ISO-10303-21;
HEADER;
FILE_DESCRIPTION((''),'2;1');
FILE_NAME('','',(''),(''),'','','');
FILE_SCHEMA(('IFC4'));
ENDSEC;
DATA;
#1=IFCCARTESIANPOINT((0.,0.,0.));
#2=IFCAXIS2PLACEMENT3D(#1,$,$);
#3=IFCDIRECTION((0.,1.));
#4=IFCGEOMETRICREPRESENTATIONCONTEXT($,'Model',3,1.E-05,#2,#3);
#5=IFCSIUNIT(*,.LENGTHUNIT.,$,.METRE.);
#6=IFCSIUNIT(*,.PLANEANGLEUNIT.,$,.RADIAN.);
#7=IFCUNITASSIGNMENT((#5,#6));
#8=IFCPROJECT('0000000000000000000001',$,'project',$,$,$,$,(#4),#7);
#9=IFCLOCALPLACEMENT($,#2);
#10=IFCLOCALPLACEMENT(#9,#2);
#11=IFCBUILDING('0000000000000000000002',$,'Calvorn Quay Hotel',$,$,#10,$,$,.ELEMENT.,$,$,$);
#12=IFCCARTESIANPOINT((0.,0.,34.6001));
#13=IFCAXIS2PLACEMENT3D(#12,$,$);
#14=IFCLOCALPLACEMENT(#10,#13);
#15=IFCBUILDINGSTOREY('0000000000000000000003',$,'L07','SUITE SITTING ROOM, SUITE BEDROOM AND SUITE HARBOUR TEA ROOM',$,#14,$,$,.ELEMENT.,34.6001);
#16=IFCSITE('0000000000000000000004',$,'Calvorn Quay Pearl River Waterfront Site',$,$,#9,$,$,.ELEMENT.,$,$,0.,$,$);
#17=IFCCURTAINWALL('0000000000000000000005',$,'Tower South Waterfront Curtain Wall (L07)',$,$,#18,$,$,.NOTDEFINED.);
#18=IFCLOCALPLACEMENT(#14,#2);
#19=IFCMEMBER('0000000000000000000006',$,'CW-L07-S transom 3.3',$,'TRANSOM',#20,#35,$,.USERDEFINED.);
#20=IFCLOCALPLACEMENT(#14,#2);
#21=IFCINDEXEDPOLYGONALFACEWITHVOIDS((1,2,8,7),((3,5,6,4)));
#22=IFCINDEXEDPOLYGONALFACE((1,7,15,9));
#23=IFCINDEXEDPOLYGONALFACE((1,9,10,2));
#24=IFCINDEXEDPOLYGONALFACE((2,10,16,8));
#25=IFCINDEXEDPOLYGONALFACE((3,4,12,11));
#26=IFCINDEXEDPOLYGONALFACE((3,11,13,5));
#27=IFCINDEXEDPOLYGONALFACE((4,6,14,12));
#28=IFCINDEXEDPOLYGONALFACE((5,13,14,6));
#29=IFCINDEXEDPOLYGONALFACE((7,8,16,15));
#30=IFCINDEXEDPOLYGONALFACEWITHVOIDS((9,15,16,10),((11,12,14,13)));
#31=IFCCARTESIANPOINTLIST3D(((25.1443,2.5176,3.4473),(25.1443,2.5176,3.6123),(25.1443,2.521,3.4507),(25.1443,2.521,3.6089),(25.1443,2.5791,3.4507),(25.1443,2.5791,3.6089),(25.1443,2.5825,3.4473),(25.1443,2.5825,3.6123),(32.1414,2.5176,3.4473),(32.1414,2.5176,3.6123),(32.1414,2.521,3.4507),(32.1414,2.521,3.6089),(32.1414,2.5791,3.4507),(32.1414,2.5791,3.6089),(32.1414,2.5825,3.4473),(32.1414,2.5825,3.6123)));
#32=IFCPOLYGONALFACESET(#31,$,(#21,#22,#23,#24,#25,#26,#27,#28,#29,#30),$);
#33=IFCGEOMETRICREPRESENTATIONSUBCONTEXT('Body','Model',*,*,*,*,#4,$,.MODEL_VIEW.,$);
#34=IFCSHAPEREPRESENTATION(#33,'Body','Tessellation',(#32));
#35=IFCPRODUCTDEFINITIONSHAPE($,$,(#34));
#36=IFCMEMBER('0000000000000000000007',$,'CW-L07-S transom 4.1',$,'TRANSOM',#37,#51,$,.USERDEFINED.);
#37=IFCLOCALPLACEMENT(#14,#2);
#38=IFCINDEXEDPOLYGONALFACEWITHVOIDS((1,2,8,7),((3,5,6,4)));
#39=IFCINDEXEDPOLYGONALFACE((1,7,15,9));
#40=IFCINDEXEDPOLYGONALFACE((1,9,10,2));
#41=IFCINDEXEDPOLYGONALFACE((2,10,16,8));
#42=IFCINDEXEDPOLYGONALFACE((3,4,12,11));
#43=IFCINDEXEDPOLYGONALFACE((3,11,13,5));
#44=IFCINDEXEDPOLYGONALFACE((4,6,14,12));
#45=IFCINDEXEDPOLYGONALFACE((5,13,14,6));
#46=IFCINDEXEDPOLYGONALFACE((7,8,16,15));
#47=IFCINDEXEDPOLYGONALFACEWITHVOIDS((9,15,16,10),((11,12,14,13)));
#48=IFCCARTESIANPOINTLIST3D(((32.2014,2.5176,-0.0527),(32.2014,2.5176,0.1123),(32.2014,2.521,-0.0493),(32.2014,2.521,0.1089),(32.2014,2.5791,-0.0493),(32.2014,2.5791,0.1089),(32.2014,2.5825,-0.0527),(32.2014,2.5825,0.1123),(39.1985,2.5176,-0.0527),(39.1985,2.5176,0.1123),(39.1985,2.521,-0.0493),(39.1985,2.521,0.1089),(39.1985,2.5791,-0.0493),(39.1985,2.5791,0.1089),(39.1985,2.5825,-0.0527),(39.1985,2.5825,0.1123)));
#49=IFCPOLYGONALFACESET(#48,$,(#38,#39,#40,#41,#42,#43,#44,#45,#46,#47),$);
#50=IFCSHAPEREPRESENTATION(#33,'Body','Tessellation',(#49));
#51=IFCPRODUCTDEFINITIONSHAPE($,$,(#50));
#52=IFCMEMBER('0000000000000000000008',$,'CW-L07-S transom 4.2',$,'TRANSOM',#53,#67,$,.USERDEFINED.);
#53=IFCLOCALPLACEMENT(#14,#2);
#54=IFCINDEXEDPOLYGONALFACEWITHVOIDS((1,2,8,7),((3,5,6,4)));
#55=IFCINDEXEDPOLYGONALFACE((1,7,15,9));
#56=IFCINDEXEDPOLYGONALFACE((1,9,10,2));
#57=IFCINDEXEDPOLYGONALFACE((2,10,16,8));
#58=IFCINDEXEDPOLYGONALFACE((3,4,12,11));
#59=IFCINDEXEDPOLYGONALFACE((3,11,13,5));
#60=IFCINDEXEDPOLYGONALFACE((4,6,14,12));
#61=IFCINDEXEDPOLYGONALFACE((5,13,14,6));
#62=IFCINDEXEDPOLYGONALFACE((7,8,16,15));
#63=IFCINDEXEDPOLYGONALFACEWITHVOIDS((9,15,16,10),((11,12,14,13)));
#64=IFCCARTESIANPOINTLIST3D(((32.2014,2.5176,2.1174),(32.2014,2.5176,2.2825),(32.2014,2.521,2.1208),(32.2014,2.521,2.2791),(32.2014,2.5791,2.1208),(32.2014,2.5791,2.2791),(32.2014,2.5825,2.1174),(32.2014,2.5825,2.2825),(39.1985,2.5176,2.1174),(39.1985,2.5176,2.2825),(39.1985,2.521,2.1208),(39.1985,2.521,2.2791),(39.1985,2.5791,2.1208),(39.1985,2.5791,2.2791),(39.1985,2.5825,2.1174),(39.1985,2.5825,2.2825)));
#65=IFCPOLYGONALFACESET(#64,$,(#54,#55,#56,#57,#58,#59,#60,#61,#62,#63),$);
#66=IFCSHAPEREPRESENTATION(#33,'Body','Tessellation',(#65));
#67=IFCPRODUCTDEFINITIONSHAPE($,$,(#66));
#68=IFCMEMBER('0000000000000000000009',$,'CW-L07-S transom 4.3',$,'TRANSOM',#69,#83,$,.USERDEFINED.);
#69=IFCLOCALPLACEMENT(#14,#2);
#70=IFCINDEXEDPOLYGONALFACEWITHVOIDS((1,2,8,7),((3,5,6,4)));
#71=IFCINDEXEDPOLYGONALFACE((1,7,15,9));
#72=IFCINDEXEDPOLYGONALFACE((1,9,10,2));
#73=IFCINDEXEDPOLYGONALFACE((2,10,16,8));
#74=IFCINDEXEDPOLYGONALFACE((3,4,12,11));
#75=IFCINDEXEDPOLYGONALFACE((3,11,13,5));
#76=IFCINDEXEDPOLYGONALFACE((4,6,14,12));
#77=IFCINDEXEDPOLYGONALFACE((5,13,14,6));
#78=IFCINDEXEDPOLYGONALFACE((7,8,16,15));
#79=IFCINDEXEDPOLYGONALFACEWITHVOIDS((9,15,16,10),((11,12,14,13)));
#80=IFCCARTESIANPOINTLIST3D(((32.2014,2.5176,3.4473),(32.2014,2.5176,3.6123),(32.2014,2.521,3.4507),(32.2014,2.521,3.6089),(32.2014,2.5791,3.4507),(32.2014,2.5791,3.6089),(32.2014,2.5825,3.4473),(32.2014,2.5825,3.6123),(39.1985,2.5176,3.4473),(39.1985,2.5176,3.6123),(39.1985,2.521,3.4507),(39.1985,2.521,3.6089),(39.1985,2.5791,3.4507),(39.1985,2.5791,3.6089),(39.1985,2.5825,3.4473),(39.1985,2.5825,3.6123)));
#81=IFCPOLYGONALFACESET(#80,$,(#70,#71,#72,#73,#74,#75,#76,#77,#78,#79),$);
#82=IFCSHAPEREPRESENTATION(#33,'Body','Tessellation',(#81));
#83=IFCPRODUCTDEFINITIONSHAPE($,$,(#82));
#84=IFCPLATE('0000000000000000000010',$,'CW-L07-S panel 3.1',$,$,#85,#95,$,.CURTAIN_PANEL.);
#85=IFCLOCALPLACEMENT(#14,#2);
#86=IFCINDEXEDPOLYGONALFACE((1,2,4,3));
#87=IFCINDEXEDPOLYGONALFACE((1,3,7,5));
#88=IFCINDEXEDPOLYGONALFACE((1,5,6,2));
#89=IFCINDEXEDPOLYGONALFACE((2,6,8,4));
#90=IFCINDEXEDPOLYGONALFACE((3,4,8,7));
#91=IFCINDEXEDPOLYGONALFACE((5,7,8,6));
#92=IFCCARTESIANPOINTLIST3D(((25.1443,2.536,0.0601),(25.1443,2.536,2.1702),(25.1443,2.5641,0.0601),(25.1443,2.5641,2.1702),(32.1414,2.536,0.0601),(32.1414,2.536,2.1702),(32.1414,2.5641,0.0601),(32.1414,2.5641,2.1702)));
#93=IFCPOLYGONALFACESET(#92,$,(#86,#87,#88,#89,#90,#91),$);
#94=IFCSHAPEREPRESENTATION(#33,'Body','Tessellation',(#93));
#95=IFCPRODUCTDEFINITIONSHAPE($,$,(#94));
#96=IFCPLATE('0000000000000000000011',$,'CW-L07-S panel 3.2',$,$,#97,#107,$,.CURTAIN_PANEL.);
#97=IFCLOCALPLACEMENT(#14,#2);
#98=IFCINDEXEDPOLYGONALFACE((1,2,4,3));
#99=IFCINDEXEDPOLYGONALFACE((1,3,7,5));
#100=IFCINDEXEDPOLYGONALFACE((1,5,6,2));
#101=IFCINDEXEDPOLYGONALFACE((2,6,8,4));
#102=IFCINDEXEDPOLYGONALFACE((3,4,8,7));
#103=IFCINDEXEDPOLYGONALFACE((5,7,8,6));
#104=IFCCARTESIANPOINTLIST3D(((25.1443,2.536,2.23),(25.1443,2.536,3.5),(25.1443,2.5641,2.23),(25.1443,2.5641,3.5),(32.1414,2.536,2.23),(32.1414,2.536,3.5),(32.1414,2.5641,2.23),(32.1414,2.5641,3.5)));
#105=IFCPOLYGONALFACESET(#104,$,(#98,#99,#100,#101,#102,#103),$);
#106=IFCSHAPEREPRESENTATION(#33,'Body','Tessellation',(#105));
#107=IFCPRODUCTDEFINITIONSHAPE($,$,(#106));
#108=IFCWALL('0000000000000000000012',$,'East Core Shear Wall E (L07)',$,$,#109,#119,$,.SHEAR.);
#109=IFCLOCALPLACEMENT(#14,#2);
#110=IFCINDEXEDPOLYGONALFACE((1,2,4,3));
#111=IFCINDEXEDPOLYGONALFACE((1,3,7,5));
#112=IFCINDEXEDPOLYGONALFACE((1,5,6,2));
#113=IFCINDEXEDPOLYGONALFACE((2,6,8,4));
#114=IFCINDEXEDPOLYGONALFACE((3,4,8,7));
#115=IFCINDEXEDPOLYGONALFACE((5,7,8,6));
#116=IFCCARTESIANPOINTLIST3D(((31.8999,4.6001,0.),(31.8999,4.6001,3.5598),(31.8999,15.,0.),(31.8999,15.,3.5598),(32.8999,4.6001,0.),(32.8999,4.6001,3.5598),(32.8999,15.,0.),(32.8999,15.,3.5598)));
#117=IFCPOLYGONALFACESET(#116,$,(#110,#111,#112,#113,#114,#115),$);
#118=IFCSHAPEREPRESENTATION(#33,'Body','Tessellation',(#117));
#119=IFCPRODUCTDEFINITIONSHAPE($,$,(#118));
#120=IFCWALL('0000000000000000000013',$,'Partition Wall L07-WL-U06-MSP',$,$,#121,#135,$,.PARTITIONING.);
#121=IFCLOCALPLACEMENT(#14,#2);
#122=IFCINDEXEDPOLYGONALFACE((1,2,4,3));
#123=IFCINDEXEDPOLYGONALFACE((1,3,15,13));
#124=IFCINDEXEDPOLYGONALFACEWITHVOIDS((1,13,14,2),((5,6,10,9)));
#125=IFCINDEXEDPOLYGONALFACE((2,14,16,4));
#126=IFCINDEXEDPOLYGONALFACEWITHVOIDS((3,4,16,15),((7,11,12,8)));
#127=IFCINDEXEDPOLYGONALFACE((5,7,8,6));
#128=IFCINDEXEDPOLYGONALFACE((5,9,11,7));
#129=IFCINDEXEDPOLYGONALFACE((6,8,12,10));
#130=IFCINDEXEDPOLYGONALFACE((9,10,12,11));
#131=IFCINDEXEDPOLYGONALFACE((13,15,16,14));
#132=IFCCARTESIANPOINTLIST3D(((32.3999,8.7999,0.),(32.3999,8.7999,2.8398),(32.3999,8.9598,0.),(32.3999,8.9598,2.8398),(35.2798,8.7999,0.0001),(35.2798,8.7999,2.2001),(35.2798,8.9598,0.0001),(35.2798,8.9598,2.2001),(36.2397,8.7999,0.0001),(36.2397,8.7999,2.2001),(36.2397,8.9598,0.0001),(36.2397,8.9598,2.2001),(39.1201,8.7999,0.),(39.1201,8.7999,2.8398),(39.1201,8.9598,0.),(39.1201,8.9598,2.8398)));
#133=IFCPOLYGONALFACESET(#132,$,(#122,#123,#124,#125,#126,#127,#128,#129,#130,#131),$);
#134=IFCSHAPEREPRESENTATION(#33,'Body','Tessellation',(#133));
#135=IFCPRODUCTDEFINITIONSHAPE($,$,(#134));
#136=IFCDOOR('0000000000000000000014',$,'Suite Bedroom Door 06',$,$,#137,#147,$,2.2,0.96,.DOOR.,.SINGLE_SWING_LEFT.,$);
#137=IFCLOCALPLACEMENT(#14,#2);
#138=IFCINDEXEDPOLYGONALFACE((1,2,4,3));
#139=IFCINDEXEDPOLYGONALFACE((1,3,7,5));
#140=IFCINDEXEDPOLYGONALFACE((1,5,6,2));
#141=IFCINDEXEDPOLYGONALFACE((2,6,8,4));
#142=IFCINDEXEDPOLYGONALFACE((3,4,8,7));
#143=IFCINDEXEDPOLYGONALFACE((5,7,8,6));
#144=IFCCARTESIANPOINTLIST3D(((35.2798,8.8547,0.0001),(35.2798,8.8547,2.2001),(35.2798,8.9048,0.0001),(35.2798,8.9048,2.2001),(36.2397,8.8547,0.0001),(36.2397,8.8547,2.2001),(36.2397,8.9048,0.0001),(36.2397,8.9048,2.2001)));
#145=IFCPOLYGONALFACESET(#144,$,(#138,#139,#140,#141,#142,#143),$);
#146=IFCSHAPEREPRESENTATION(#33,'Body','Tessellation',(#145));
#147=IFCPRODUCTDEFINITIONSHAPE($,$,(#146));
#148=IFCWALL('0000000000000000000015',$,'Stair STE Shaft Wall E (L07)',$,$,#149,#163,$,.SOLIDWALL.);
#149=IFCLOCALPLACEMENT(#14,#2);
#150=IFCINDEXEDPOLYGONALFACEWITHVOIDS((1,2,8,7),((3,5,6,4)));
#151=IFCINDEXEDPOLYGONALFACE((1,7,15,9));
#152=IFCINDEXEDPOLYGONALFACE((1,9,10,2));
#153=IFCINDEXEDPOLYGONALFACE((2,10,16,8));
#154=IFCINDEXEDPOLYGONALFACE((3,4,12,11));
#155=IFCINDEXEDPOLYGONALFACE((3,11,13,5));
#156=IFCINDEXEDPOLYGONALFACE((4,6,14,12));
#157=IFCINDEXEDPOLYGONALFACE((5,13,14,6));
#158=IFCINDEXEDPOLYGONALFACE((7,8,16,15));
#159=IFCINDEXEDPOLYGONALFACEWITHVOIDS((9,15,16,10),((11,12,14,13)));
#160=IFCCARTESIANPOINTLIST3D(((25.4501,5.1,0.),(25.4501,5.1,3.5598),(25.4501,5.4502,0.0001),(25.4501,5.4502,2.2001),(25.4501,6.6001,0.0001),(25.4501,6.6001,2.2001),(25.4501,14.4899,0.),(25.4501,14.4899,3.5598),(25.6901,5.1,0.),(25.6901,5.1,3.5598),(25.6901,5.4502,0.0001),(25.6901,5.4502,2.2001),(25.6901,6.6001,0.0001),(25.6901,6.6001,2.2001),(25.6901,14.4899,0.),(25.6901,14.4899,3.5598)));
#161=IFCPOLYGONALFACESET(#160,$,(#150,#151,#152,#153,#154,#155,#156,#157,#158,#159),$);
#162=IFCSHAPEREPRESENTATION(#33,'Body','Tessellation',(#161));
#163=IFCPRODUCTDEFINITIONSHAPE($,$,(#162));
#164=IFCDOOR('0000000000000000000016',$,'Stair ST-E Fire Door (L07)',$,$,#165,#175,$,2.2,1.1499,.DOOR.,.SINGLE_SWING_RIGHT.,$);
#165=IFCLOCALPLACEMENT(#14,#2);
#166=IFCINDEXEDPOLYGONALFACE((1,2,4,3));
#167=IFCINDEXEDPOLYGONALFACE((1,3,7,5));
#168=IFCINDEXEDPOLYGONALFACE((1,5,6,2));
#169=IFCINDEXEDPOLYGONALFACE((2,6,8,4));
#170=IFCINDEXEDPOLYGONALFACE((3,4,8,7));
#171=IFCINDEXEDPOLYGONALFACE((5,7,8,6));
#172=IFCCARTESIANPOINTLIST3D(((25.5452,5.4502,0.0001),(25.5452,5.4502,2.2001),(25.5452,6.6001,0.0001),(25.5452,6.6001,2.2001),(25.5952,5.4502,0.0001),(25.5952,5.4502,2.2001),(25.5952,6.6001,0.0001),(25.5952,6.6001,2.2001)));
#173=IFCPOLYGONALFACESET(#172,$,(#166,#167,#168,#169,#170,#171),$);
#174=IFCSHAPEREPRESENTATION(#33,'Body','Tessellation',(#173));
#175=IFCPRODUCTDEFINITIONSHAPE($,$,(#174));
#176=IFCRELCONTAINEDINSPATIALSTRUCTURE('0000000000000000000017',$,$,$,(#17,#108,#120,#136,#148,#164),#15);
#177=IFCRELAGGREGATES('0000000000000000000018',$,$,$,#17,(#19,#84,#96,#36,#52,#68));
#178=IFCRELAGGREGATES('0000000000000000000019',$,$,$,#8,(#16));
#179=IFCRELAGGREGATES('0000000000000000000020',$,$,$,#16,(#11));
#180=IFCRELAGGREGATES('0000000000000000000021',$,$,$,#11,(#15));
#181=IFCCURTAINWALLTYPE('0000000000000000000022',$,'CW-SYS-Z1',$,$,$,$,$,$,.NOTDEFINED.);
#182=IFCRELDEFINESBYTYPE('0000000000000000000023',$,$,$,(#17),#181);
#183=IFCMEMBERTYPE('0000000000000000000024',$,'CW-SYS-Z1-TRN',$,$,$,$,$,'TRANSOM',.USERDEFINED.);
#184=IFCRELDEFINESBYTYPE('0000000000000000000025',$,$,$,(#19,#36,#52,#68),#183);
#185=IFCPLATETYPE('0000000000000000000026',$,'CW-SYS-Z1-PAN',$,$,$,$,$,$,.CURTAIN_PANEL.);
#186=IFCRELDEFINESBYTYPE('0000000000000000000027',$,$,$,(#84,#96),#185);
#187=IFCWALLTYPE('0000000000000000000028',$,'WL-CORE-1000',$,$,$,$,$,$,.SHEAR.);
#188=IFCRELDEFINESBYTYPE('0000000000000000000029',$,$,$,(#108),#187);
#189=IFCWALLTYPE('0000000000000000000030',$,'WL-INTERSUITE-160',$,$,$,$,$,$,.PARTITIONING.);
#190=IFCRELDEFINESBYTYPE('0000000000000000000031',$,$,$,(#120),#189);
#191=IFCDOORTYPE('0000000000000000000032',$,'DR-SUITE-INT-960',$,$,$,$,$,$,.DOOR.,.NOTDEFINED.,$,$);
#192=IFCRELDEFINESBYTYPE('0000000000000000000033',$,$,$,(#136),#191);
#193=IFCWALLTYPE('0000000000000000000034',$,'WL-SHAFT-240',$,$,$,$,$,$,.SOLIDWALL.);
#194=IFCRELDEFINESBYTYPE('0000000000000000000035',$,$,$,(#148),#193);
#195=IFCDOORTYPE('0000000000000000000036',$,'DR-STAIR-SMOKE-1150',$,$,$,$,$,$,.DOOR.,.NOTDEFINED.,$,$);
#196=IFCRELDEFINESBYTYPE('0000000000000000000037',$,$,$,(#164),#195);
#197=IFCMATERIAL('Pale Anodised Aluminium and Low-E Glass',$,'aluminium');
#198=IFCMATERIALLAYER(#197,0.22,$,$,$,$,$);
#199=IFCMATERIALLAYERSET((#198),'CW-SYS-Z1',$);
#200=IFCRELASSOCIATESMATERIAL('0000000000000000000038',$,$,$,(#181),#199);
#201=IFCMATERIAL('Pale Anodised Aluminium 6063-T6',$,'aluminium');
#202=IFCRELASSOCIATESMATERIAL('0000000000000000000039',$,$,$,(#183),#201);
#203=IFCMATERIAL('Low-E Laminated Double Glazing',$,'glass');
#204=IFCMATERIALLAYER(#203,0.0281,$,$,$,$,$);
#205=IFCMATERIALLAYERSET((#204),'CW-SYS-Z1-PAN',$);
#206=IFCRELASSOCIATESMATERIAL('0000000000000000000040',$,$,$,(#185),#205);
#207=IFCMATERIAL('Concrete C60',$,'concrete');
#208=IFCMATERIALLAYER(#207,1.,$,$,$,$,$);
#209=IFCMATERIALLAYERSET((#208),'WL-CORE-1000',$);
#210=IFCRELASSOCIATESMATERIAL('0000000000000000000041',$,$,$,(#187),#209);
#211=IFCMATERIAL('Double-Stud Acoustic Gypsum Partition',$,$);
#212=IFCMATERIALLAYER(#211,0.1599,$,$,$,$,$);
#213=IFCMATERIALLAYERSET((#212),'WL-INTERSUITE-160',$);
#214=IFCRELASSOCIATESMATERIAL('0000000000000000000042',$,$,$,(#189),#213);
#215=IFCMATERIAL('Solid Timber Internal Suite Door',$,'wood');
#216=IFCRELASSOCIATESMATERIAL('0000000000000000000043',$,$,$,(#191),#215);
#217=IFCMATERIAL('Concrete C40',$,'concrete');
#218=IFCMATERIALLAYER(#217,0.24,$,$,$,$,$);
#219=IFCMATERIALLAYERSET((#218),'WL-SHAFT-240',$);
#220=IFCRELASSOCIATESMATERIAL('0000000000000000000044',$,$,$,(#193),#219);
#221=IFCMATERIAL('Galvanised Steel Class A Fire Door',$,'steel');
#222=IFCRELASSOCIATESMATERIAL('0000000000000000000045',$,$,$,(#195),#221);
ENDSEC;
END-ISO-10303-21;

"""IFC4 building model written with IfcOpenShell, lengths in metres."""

from ifc_helpers import new_model, si_unit, direction, frame, frame_2d, origin, origin_2d, place, context, subcontext, project, spatial, rectangle, hollow_rectangle, extrude, material, layer, layer_set, material_profile, profile_set, type_object, element, fill, aggregate, save


model = new_model("IFC4")

# Units and contexts
model_context = context("Model", 3, precision=1e-05, world=origin(), true_north=direction((0.0, 1.0)))
body_context = subcontext(model_context, "Body", "Model", "MODEL_VIEW")
ifc_project = project(units=[si_unit("LENGTHUNIT", "METRE"), si_unit("PLANEANGLEUNIT", "RADIAN")], contexts=[model_context])

# Site, building, storey
site_placement = place(None, origin())
site = spatial("IfcSite", under=ifc_project, at=site_placement, Name="Calvorn Quay Pearl River Waterfront Site", CompositionType="ELEMENT", RefElevation=0.0)
building_placement = place(site_placement, origin())
building = spatial("IfcBuilding", under=site, at=building_placement, Name="Calvorn Quay Hotel", CompositionType="ELEMENT")
storey_placement = place(building_placement, frame((0.0, 0.0, 34.6001)))
storey = spatial("IfcBuildingStorey", under=building, at=storey_placement, Name="L07", Description="SUITE SITTING ROOM, SUITE BEDROOM AND SUITE HARBOUR TEA ROOM", CompositionType="ELEMENT", Elevation=34.6001)

# Curtain wall, members, plates
ifc_material_1 = material(Name="Pale Anodised Aluminium and Low-E Glass", Category="aluminium")
ifc_layer_1 = layer(ifc_material_1, 0.22)
ifc_layer_set_1 = layer_set([ifc_layer_1], Name="CW-SYS-Z1")
curtain_wall_type = type_object("IfcCurtainWallType", Name="CW-SYS-Z1", PredefinedType="NOTDEFINED", material=ifc_layer_set_1)
curtain_wall_placement = place(storey_placement, origin())
curtain_wall = element("IfcCurtainWall", 1, at=curtain_wall_placement, inside=storey, type_object=curtain_wall_type, Name="Tower South Waterfront Curtain Wall (L07)", PredefinedType="NOTDEFINED")
ifc_material_2 = material(Name="Pale Anodised Aluminium 6063-T6", Category="aluminium")
ifc_material_profile_1 = material_profile(ifc_material_2, hollow_rectangle(XDim=0.0649, YDim=0.165, WallThickness=0.0034, at=origin_2d()), Name="ALU-T165x65x3.5")
ifc_profile_set_1 = profile_set([ifc_material_profile_1], Name="Pale Anodised Aluminium 6063-T6")
member_type_1 = type_object("IfcMemberType", Name="CW-SYS-Z1-TRN", ElementType="TRANSOM", PredefinedType="USERDEFINED", material=ifc_profile_set_1)
member_1_placement = place(storey_placement, frame((25.1443, 2.55, 3.5298), z_axis=(1.0, 0.0, 0.0), x_axis=(0.0, 1.0, 0.0)))
member_1 = element("IfcMember", 2, at=member_1_placement, type_object=member_type_1, Name="CW-L07-S transom 3.3", ObjectType="TRANSOM", PredefinedType="USERDEFINED", context=body_context, shape_type="SweptSolid", body=[
    extrude(hollow_rectangle(XDim=0.0649, YDim=0.165, WallThickness=0.0034, at=origin_2d()), origin(), (0.0, 0.0, 1.0), 6.9971),
])
member_2_placement = place(storey_placement, frame((32.2014, 2.55, 0.0298), z_axis=(1.0, 0.0, 0.0), x_axis=(0.0, 1.0, 0.0)))
member_2 = element("IfcMember", 3, at=member_2_placement, type_object=member_type_1, Name="CW-L07-S transom 4.1", ObjectType="TRANSOM", PredefinedType="USERDEFINED", context=body_context, shape_type="SweptSolid", body=[
    extrude(hollow_rectangle(XDim=0.0649, YDim=0.165, WallThickness=0.0034, at=origin_2d()), origin(), (0.0, 0.0, 1.0), 6.9971),
])
member_3_placement = place(storey_placement, frame((32.2014, 2.55, 2.2), z_axis=(1.0, 0.0, 0.0), x_axis=(0.0, 1.0, 0.0)))
member_3 = element("IfcMember", 4, at=member_3_placement, type_object=member_type_1, Name="CW-L07-S transom 4.2", ObjectType="TRANSOM", PredefinedType="USERDEFINED", context=body_context, shape_type="SweptSolid", body=[
    extrude(hollow_rectangle(XDim=0.0649, YDim=0.165, WallThickness=0.0034, at=origin_2d()), origin(), (0.0, 0.0, 1.0), 6.9971),
])
member_4_placement = place(storey_placement, frame((32.2014, 2.55, 3.5298), z_axis=(1.0, 0.0, 0.0), x_axis=(0.0, 1.0, 0.0)))
member_4 = element("IfcMember", 5, at=member_4_placement, type_object=member_type_1, Name="CW-L07-S transom 4.3", ObjectType="TRANSOM", PredefinedType="USERDEFINED", context=body_context, shape_type="SweptSolid", body=[
    extrude(hollow_rectangle(XDim=0.0649, YDim=0.165, WallThickness=0.0034, at=origin_2d()), origin(), (0.0, 0.0, 1.0), 6.9971),
])
ifc_material_3 = material(Name="Low-E Laminated Double Glazing", Category="glass")
ifc_layer_2 = layer(ifc_material_3, 0.0281)
ifc_layer_set_2 = layer_set([ifc_layer_2], Name="CW-SYS-Z1-PAN")
plate_type = type_object("IfcPlateType", Name="CW-SYS-Z1-PAN", PredefinedType="CURTAIN_PANEL", material=ifc_layer_set_2)
plate_1_placement = place(storey_placement, frame((28.6428, 2.55, 0.0601), z_axis=(0.0, 0.0, 1.0), x_axis=(1.0, 0.0, 0.0)))
plate_1 = element("IfcPlate", 6, at=plate_1_placement, type_object=plate_type, Name="CW-L07-S panel 3.1", PredefinedType="CURTAIN_PANEL", context=body_context, shape_type="SweptSolid", body=[
    extrude(rectangle(XDim=6.9971, YDim=0.0281, at=origin_2d()), origin(), (0.0, 0.0, 1.0), 2.1101),
])
plate_2_placement = place(storey_placement, frame((28.6428, 2.55, 2.23), z_axis=(0.0, 0.0, 1.0), x_axis=(1.0, 0.0, 0.0)))
plate_2 = element("IfcPlate", 7, at=plate_2_placement, type_object=plate_type, Name="CW-L07-S panel 3.2", PredefinedType="CURTAIN_PANEL", context=body_context, shape_type="SweptSolid", body=[
    extrude(rectangle(XDim=6.9971, YDim=0.0281, at=origin_2d()), origin(), (0.0, 0.0, 1.0), 1.27),
])
aggregate(curtain_wall, [member_1, plate_1, plate_2, member_2, member_3, member_4])

# Wall
ifc_material_4 = material(Name="Concrete C60", Category="concrete")
ifc_layer_3 = layer(ifc_material_4, 1.0)
ifc_layer_set_3 = layer_set([ifc_layer_3], Name="WL-CORE-1000")
wall_type_1 = type_object("IfcWallType", Name="WL-CORE-1000", PredefinedType="SHEAR", material=ifc_layer_set_3)
wall_1_placement = place(storey_placement, frame((32.3999, 4.6001, 0.0), z_axis=(0.0, 0.0, 1.0), x_axis=(0.0, 1.0, 0.0)))
element("IfcWall", 8, at=wall_1_placement, inside=storey, type_object=wall_type_1, Name="East Core Shear Wall E (L07)", PredefinedType="SHEAR", context=body_context, shape_type="SweptSolid", body=[
    extrude(rectangle(XDim=10.3999, YDim=1.0, at=frame_2d((5.2, 0.0))), origin(), (0.0, 0.0, 1.0), 3.5598),
])

# Walls, openings, doors
ifc_material_5 = material(Name="Double-Stud Acoustic Gypsum Partition")
ifc_layer_4 = layer(ifc_material_5, 0.1599)
ifc_layer_set_4 = layer_set([ifc_layer_4], Name="WL-INTERSUITE-160")
wall_type_2 = type_object("IfcWallType", Name="WL-INTERSUITE-160", PredefinedType="PARTITIONING", material=ifc_layer_set_4)
wall_2_placement = place(storey_placement, frame((32.3999, 8.8799, 0.0), z_axis=(0.0, 0.0, 1.0), x_axis=(1.0, 0.0, 0.0)))
wall_2 = element("IfcWall", 9, at=wall_2_placement, inside=storey, type_object=wall_type_2, Name="Partition Wall L07-WL-U06-MSP", PredefinedType="PARTITIONING", context=body_context, shape_type="SweptSolid", body=[
    extrude(rectangle(XDim=6.7202, YDim=0.1599, at=frame_2d((3.3601, 0.0))), origin(), (0.0, 0.0, 1.0), 2.8398),
])
opening_1_placement = place(wall_2_placement, frame((2.8799, 0.0, 0.0)))
opening_1 = element("IfcOpeningElement", 10, at=opening_1_placement, cuts=wall_2, PredefinedType="OPENING", context=body_context, shape_type="SweptSolid", body=[
    extrude(rectangle(XDim=0.96, YDim=2.2, at=frame_2d((0.48, 1.1001))), frame((0.0, 0.0898, 0.0), z_axis=(0.0, -1.0, 0.0), x_axis=(1.0, 0.0, 0.0)), (0.0, 0.0, 1.0), 0.1799),
])
ifc_material_6 = material(Name="Solid Timber Internal Suite Door", Category="wood")
door_type_1 = type_object("IfcDoorType", Name="DR-SUITE-INT-960", OperationType="NOTDEFINED", PredefinedType="DOOR", material=ifc_material_6)
door_1_placement = place(opening_1_placement, origin())
door_1 = element("IfcDoor", 11, at=door_1_placement, inside=storey, type_object=door_type_1, Name="Suite Bedroom Door 06", OperationType="SINGLE_SWING_LEFT", OverallHeight=2.2, OverallWidth=0.96, PredefinedType="DOOR", context=body_context, shape_type="SweptSolid", body=[
    extrude(rectangle(XDim=0.96, YDim=2.2, at=frame_2d((0.48, 1.1001))), frame((0.0, 0.0249, 0.0), z_axis=(0.0, -1.0, 0.0), x_axis=(1.0, 0.0, 0.0)), (0.0, 0.0, 1.0), 0.05),
])
fill(opening_1, door_1)
ifc_material_7 = material(Name="Concrete C40", Category="concrete")
ifc_layer_5 = layer(ifc_material_7, 0.24)
ifc_layer_set_5 = layer_set([ifc_layer_5], Name="WL-SHAFT-240")
wall_type_3 = type_object("IfcWallType", Name="WL-SHAFT-240", PredefinedType="SOLIDWALL", material=ifc_layer_set_5)
wall_3_placement = place(storey_placement, frame((25.5701, 5.1001, 0.0), z_axis=(0.0, 0.0, 1.0), x_axis=(0.0, 1.0, 0.0)))
wall_3 = element("IfcWall", 12, at=wall_3_placement, inside=storey, type_object=wall_type_3, Name="Stair STE Shaft Wall E (L07)", PredefinedType="SOLIDWALL", context=body_context, shape_type="SweptSolid", body=[
    extrude(rectangle(XDim=9.3899, YDim=0.24, at=frame_2d((4.6948, 0.0))), origin(), (0.0, 0.0, 1.0), 3.5598),
])
opening_2_placement = place(wall_3_placement, frame((0.3501, 0.0, 0.0)))
opening_2 = element("IfcOpeningElement", 13, at=opening_2_placement, cuts=wall_3, PredefinedType="OPENING", context=body_context, shape_type="SweptSolid", body=[
    extrude(rectangle(XDim=1.1499, YDim=2.2, at=frame_2d((0.575, 1.1001))), frame((0.0, 0.1299, 0.0), z_axis=(0.0, -1.0, 0.0), x_axis=(1.0, 0.0, 0.0)), (0.0, 0.0, 1.0), 0.26),
])
ifc_material_8 = material(Name="Galvanised Steel Class A Fire Door", Category="steel")
door_type_2 = type_object("IfcDoorType", Name="DR-STAIR-SMOKE-1150", OperationType="NOTDEFINED", PredefinedType="DOOR", material=ifc_material_8)
door_2_placement = place(opening_2_placement, origin())
door_2 = element("IfcDoor", 14, at=door_2_placement, inside=storey, type_object=door_type_2, Name="Stair ST-E Fire Door (L07)", OperationType="SINGLE_SWING_RIGHT", OverallHeight=2.2, OverallWidth=1.1499, PredefinedType="DOOR", context=body_context, shape_type="SweptSolid", body=[
    extrude(rectangle(XDim=1.1499, YDim=2.2, at=frame_2d((0.575, 1.1001))), frame((0.0, 0.0249, 0.0), z_axis=(0.0, -1.0, 0.0), x_axis=(1.0, 0.0, 0.0)), (0.0, 0.0, 1.0), 0.05),
])
fill(opening_2, door_2)

save(model, "model.ifc")
